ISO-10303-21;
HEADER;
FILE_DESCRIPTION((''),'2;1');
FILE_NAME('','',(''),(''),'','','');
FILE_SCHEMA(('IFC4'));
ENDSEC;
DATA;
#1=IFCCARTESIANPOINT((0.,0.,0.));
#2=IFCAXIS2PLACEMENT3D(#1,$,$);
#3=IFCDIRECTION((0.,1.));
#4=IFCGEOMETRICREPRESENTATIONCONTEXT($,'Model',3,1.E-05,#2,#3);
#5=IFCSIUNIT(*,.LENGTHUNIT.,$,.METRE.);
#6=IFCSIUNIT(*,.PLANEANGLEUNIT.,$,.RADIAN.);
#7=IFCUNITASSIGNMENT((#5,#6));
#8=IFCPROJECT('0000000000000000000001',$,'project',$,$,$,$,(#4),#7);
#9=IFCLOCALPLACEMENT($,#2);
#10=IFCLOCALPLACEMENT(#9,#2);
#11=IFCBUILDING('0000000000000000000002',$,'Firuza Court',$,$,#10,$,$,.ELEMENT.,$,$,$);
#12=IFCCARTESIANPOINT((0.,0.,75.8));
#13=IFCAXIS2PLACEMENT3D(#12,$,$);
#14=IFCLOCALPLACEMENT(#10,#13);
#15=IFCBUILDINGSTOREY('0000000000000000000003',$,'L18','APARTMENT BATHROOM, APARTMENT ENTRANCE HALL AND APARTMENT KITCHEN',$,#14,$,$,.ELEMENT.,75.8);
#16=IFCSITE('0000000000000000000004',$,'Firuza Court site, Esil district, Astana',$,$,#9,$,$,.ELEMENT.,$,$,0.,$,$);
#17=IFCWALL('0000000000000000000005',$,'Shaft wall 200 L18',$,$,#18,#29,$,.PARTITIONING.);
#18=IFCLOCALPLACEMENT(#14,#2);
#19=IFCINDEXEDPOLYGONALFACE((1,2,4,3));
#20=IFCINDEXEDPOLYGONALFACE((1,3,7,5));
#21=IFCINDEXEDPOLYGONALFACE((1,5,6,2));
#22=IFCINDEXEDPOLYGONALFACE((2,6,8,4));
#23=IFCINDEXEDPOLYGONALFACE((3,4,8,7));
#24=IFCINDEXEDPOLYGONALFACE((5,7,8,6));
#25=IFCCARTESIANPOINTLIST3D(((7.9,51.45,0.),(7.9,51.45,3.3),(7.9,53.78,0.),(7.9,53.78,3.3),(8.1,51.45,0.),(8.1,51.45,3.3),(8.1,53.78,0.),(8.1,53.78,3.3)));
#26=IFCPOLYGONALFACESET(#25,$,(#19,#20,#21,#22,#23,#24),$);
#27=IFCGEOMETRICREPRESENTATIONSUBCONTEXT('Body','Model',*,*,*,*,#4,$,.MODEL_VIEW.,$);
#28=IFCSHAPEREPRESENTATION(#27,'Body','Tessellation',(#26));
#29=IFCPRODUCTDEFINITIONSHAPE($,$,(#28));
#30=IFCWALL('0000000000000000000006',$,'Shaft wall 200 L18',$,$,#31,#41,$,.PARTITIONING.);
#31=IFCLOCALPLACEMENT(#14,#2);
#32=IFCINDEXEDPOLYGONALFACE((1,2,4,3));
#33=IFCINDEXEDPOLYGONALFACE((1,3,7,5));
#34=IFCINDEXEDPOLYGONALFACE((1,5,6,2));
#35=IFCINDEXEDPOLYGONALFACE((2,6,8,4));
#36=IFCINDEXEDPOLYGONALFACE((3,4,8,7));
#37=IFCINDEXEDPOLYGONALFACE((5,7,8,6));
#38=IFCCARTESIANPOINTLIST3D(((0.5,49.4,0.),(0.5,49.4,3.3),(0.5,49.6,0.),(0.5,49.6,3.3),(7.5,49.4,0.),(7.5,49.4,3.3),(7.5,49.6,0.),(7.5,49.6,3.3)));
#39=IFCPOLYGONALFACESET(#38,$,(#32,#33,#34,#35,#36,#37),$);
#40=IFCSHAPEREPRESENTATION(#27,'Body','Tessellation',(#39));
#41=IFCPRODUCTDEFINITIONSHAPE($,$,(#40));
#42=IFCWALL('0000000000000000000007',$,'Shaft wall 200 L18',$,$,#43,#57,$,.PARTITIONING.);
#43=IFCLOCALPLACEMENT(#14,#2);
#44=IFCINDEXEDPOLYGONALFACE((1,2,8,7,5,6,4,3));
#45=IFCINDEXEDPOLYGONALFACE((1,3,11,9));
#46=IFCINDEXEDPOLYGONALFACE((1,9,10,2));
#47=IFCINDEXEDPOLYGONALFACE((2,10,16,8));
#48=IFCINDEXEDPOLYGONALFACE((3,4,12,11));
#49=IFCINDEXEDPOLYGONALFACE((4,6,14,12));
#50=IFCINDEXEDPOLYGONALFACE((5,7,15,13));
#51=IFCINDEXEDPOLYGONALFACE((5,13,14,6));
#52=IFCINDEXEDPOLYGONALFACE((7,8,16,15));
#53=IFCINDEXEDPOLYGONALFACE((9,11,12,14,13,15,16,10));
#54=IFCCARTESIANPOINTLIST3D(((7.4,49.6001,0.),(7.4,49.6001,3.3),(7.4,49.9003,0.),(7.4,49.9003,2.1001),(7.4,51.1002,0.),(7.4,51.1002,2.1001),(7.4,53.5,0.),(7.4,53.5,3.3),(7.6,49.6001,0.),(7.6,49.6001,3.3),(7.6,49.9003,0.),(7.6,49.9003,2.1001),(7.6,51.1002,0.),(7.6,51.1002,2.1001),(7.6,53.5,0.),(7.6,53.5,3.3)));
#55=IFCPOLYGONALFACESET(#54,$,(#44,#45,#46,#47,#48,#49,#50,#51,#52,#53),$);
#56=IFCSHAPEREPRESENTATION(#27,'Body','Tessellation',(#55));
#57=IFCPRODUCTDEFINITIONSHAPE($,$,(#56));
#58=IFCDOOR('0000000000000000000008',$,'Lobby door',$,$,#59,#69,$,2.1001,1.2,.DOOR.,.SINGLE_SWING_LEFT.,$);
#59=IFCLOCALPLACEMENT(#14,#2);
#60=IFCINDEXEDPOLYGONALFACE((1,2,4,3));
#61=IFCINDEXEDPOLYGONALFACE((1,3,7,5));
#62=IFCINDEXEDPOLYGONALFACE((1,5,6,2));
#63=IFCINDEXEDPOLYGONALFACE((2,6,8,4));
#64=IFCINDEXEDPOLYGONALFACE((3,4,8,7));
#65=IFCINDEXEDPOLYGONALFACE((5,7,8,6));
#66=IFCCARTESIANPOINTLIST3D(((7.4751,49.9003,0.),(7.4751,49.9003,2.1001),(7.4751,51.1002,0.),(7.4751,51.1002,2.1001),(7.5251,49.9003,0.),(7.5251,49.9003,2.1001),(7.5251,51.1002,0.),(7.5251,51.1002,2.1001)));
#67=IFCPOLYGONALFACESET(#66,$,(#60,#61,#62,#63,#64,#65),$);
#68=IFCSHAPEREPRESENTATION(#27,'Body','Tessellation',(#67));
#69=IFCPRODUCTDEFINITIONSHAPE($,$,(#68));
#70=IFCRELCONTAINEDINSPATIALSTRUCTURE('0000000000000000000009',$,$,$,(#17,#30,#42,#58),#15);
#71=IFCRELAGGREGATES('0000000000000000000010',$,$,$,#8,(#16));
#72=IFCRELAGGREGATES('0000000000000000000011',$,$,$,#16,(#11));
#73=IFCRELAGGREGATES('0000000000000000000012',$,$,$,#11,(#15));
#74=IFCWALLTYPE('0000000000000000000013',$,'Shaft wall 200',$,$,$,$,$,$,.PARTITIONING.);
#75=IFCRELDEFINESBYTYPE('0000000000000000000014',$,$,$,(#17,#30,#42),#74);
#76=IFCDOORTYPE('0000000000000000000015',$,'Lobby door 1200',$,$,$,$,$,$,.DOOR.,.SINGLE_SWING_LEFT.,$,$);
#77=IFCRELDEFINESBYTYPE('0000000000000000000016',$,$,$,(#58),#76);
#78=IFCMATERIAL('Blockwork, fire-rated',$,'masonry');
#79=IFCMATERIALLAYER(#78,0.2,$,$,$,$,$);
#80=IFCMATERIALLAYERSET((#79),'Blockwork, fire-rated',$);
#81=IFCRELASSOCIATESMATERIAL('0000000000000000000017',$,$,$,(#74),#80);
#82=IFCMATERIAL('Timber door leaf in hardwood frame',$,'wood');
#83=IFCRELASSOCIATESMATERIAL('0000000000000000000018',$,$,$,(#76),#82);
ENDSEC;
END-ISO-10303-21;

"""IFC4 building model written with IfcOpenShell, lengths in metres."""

from ifc_helpers import new_model, si_unit, direction, frame, frame_2d, origin, place, context, subcontext, project, spatial, rectangle, extrude, material, layer, layer_set, type_object, element, fill, save


model = new_model("IFC4")

# Units and contexts
model_context = context("Model", 3, precision=1e-05, world=origin(), true_north=direction((0.0, 1.0)))
body_context = subcontext(model_context, "Body", "Model", "MODEL_VIEW")
ifc_project = project(units=[si_unit("LENGTHUNIT", "METRE"), si_unit("PLANEANGLEUNIT", "RADIAN")], contexts=[model_context])

# Site, building, storey
site_placement = place(None, origin())
site = spatial("IfcSite", under=ifc_project, at=site_placement, Name="Firuza Court site, Esil district, Astana", CompositionType="ELEMENT", RefElevation=0.0)
building_placement = place(site_placement, origin())
building = spatial("IfcBuilding", under=site, at=building_placement, Name="Firuza Court", CompositionType="ELEMENT")
storey_placement = place(building_placement, frame((0.0, 0.0, 75.8)))
storey = spatial("IfcBuildingStorey", under=building, at=storey_placement, Name="L18", Description="APARTMENT BATHROOM, APARTMENT ENTRANCE HALL AND APARTMENT KITCHEN", CompositionType="ELEMENT", Elevation=75.8)

# Shared definitions
ifc_material_1 = material(Name="Blockwork, fire-rated", Category="masonry")
ifc_layer_1 = layer(ifc_material_1, 0.2)
ifc_layer_set_1 = layer_set([ifc_layer_1], Name="Blockwork, fire-rated")
wall_type_1 = type_object("IfcWallType", Name="Shaft wall 200", PredefinedType="PARTITIONING", material=ifc_layer_set_1)
ifc_material_2 = material(Name="Timber door leaf in hardwood frame", Category="wood")
door_type_1 = type_object("IfcDoorType", Name="Lobby door 1200", OperationType="SINGLE_SWING_LEFT", PredefinedType="DOOR", material=ifc_material_2)

# Walls
wall_1_placement = place(storey_placement, frame((8.0, 51.45, 0.0), z_axis=(0.0, 0.0, 1.0), x_axis=(0.0, 1.0, 0.0)))
element("IfcWall", 1, at=wall_1_placement, inside=storey, type_object=wall_type_1, Name="Shaft wall 200 L18", PredefinedType="PARTITIONING", context=body_context, shape_type="SweptSolid", body=[
    extrude(rectangle(XDim=2.3301, YDim=0.2, at=frame_2d((1.165, 0.0))), origin(), (0.0, 0.0, 1.0), 3.3),
])
wall_2_placement = place(storey_placement, frame((0.5, 49.5, 0.0), z_axis=(0.0, 0.0, 1.0), x_axis=(1.0, 0.0, 0.0)))
element("IfcWall", 2, at=wall_2_placement, inside=storey, type_object=wall_type_1, Name="Shaft wall 200 L18", PredefinedType="PARTITIONING", context=body_context, shape_type="SweptSolid", body=[
    extrude(rectangle(XDim=7.0, YDim=0.2, at=frame_2d((3.5, 0.0))), origin(), (0.0, 0.0, 1.0), 3.3),
])

# Wall, opening, door
wall_3_placement = place(storey_placement, frame((7.5, 49.6001, 0.0), z_axis=(0.0, 0.0, 1.0), x_axis=(0.0, 1.0, 0.0)))
wall_3 = element("IfcWall", 3, at=wall_3_placement, inside=storey, type_object=wall_type_1, Name="Shaft wall 200 L18", PredefinedType="PARTITIONING", context=body_context, shape_type="SweptSolid", body=[
    extrude(rectangle(XDim=3.8999, YDim=0.2, at=frame_2d((1.95, 0.0))), origin(), (0.0, 0.0, 1.0), 3.3),
])
opening_1_placement = place(wall_3_placement, frame((0.3, 0.0, 0.0)))
opening_1 = element("IfcOpeningElement", 4, at=opening_1_placement, cuts=wall_3, PredefinedType="OPENING", context=body_context, shape_type="SweptSolid", body=[
    extrude(rectangle(XDim=1.2, YDim=2.1001, at=frame_2d((0.6001, 1.05))), frame((0.0, 0.1118, 0.0), z_axis=(0.0, -1.0, 0.0), x_axis=(1.0, 0.0, 0.0)), (0.0, 0.0, 1.0), 0.2239),
])
door_1_placement = place(opening_1_placement, origin())
door_1 = element("IfcDoor", 5, at=door_1_placement, inside=storey, type_object=door_type_1, Name="Lobby door", OperationType="SINGLE_SWING_LEFT", OverallHeight=2.1001, OverallWidth=1.2, PredefinedType="DOOR", context=body_context, shape_type="SweptSolid", body=[
    extrude(rectangle(XDim=1.2, YDim=2.1001, at=frame_2d((0.6001, 1.05))), frame((0.0, 0.0249, 0.0), z_axis=(0.0, -1.0, 0.0), x_axis=(1.0, 0.0, 0.0)), (0.0, 0.0, 1.0), 0.05),
])
fill(opening_1, door_1)

save(model, "model.ifc")
